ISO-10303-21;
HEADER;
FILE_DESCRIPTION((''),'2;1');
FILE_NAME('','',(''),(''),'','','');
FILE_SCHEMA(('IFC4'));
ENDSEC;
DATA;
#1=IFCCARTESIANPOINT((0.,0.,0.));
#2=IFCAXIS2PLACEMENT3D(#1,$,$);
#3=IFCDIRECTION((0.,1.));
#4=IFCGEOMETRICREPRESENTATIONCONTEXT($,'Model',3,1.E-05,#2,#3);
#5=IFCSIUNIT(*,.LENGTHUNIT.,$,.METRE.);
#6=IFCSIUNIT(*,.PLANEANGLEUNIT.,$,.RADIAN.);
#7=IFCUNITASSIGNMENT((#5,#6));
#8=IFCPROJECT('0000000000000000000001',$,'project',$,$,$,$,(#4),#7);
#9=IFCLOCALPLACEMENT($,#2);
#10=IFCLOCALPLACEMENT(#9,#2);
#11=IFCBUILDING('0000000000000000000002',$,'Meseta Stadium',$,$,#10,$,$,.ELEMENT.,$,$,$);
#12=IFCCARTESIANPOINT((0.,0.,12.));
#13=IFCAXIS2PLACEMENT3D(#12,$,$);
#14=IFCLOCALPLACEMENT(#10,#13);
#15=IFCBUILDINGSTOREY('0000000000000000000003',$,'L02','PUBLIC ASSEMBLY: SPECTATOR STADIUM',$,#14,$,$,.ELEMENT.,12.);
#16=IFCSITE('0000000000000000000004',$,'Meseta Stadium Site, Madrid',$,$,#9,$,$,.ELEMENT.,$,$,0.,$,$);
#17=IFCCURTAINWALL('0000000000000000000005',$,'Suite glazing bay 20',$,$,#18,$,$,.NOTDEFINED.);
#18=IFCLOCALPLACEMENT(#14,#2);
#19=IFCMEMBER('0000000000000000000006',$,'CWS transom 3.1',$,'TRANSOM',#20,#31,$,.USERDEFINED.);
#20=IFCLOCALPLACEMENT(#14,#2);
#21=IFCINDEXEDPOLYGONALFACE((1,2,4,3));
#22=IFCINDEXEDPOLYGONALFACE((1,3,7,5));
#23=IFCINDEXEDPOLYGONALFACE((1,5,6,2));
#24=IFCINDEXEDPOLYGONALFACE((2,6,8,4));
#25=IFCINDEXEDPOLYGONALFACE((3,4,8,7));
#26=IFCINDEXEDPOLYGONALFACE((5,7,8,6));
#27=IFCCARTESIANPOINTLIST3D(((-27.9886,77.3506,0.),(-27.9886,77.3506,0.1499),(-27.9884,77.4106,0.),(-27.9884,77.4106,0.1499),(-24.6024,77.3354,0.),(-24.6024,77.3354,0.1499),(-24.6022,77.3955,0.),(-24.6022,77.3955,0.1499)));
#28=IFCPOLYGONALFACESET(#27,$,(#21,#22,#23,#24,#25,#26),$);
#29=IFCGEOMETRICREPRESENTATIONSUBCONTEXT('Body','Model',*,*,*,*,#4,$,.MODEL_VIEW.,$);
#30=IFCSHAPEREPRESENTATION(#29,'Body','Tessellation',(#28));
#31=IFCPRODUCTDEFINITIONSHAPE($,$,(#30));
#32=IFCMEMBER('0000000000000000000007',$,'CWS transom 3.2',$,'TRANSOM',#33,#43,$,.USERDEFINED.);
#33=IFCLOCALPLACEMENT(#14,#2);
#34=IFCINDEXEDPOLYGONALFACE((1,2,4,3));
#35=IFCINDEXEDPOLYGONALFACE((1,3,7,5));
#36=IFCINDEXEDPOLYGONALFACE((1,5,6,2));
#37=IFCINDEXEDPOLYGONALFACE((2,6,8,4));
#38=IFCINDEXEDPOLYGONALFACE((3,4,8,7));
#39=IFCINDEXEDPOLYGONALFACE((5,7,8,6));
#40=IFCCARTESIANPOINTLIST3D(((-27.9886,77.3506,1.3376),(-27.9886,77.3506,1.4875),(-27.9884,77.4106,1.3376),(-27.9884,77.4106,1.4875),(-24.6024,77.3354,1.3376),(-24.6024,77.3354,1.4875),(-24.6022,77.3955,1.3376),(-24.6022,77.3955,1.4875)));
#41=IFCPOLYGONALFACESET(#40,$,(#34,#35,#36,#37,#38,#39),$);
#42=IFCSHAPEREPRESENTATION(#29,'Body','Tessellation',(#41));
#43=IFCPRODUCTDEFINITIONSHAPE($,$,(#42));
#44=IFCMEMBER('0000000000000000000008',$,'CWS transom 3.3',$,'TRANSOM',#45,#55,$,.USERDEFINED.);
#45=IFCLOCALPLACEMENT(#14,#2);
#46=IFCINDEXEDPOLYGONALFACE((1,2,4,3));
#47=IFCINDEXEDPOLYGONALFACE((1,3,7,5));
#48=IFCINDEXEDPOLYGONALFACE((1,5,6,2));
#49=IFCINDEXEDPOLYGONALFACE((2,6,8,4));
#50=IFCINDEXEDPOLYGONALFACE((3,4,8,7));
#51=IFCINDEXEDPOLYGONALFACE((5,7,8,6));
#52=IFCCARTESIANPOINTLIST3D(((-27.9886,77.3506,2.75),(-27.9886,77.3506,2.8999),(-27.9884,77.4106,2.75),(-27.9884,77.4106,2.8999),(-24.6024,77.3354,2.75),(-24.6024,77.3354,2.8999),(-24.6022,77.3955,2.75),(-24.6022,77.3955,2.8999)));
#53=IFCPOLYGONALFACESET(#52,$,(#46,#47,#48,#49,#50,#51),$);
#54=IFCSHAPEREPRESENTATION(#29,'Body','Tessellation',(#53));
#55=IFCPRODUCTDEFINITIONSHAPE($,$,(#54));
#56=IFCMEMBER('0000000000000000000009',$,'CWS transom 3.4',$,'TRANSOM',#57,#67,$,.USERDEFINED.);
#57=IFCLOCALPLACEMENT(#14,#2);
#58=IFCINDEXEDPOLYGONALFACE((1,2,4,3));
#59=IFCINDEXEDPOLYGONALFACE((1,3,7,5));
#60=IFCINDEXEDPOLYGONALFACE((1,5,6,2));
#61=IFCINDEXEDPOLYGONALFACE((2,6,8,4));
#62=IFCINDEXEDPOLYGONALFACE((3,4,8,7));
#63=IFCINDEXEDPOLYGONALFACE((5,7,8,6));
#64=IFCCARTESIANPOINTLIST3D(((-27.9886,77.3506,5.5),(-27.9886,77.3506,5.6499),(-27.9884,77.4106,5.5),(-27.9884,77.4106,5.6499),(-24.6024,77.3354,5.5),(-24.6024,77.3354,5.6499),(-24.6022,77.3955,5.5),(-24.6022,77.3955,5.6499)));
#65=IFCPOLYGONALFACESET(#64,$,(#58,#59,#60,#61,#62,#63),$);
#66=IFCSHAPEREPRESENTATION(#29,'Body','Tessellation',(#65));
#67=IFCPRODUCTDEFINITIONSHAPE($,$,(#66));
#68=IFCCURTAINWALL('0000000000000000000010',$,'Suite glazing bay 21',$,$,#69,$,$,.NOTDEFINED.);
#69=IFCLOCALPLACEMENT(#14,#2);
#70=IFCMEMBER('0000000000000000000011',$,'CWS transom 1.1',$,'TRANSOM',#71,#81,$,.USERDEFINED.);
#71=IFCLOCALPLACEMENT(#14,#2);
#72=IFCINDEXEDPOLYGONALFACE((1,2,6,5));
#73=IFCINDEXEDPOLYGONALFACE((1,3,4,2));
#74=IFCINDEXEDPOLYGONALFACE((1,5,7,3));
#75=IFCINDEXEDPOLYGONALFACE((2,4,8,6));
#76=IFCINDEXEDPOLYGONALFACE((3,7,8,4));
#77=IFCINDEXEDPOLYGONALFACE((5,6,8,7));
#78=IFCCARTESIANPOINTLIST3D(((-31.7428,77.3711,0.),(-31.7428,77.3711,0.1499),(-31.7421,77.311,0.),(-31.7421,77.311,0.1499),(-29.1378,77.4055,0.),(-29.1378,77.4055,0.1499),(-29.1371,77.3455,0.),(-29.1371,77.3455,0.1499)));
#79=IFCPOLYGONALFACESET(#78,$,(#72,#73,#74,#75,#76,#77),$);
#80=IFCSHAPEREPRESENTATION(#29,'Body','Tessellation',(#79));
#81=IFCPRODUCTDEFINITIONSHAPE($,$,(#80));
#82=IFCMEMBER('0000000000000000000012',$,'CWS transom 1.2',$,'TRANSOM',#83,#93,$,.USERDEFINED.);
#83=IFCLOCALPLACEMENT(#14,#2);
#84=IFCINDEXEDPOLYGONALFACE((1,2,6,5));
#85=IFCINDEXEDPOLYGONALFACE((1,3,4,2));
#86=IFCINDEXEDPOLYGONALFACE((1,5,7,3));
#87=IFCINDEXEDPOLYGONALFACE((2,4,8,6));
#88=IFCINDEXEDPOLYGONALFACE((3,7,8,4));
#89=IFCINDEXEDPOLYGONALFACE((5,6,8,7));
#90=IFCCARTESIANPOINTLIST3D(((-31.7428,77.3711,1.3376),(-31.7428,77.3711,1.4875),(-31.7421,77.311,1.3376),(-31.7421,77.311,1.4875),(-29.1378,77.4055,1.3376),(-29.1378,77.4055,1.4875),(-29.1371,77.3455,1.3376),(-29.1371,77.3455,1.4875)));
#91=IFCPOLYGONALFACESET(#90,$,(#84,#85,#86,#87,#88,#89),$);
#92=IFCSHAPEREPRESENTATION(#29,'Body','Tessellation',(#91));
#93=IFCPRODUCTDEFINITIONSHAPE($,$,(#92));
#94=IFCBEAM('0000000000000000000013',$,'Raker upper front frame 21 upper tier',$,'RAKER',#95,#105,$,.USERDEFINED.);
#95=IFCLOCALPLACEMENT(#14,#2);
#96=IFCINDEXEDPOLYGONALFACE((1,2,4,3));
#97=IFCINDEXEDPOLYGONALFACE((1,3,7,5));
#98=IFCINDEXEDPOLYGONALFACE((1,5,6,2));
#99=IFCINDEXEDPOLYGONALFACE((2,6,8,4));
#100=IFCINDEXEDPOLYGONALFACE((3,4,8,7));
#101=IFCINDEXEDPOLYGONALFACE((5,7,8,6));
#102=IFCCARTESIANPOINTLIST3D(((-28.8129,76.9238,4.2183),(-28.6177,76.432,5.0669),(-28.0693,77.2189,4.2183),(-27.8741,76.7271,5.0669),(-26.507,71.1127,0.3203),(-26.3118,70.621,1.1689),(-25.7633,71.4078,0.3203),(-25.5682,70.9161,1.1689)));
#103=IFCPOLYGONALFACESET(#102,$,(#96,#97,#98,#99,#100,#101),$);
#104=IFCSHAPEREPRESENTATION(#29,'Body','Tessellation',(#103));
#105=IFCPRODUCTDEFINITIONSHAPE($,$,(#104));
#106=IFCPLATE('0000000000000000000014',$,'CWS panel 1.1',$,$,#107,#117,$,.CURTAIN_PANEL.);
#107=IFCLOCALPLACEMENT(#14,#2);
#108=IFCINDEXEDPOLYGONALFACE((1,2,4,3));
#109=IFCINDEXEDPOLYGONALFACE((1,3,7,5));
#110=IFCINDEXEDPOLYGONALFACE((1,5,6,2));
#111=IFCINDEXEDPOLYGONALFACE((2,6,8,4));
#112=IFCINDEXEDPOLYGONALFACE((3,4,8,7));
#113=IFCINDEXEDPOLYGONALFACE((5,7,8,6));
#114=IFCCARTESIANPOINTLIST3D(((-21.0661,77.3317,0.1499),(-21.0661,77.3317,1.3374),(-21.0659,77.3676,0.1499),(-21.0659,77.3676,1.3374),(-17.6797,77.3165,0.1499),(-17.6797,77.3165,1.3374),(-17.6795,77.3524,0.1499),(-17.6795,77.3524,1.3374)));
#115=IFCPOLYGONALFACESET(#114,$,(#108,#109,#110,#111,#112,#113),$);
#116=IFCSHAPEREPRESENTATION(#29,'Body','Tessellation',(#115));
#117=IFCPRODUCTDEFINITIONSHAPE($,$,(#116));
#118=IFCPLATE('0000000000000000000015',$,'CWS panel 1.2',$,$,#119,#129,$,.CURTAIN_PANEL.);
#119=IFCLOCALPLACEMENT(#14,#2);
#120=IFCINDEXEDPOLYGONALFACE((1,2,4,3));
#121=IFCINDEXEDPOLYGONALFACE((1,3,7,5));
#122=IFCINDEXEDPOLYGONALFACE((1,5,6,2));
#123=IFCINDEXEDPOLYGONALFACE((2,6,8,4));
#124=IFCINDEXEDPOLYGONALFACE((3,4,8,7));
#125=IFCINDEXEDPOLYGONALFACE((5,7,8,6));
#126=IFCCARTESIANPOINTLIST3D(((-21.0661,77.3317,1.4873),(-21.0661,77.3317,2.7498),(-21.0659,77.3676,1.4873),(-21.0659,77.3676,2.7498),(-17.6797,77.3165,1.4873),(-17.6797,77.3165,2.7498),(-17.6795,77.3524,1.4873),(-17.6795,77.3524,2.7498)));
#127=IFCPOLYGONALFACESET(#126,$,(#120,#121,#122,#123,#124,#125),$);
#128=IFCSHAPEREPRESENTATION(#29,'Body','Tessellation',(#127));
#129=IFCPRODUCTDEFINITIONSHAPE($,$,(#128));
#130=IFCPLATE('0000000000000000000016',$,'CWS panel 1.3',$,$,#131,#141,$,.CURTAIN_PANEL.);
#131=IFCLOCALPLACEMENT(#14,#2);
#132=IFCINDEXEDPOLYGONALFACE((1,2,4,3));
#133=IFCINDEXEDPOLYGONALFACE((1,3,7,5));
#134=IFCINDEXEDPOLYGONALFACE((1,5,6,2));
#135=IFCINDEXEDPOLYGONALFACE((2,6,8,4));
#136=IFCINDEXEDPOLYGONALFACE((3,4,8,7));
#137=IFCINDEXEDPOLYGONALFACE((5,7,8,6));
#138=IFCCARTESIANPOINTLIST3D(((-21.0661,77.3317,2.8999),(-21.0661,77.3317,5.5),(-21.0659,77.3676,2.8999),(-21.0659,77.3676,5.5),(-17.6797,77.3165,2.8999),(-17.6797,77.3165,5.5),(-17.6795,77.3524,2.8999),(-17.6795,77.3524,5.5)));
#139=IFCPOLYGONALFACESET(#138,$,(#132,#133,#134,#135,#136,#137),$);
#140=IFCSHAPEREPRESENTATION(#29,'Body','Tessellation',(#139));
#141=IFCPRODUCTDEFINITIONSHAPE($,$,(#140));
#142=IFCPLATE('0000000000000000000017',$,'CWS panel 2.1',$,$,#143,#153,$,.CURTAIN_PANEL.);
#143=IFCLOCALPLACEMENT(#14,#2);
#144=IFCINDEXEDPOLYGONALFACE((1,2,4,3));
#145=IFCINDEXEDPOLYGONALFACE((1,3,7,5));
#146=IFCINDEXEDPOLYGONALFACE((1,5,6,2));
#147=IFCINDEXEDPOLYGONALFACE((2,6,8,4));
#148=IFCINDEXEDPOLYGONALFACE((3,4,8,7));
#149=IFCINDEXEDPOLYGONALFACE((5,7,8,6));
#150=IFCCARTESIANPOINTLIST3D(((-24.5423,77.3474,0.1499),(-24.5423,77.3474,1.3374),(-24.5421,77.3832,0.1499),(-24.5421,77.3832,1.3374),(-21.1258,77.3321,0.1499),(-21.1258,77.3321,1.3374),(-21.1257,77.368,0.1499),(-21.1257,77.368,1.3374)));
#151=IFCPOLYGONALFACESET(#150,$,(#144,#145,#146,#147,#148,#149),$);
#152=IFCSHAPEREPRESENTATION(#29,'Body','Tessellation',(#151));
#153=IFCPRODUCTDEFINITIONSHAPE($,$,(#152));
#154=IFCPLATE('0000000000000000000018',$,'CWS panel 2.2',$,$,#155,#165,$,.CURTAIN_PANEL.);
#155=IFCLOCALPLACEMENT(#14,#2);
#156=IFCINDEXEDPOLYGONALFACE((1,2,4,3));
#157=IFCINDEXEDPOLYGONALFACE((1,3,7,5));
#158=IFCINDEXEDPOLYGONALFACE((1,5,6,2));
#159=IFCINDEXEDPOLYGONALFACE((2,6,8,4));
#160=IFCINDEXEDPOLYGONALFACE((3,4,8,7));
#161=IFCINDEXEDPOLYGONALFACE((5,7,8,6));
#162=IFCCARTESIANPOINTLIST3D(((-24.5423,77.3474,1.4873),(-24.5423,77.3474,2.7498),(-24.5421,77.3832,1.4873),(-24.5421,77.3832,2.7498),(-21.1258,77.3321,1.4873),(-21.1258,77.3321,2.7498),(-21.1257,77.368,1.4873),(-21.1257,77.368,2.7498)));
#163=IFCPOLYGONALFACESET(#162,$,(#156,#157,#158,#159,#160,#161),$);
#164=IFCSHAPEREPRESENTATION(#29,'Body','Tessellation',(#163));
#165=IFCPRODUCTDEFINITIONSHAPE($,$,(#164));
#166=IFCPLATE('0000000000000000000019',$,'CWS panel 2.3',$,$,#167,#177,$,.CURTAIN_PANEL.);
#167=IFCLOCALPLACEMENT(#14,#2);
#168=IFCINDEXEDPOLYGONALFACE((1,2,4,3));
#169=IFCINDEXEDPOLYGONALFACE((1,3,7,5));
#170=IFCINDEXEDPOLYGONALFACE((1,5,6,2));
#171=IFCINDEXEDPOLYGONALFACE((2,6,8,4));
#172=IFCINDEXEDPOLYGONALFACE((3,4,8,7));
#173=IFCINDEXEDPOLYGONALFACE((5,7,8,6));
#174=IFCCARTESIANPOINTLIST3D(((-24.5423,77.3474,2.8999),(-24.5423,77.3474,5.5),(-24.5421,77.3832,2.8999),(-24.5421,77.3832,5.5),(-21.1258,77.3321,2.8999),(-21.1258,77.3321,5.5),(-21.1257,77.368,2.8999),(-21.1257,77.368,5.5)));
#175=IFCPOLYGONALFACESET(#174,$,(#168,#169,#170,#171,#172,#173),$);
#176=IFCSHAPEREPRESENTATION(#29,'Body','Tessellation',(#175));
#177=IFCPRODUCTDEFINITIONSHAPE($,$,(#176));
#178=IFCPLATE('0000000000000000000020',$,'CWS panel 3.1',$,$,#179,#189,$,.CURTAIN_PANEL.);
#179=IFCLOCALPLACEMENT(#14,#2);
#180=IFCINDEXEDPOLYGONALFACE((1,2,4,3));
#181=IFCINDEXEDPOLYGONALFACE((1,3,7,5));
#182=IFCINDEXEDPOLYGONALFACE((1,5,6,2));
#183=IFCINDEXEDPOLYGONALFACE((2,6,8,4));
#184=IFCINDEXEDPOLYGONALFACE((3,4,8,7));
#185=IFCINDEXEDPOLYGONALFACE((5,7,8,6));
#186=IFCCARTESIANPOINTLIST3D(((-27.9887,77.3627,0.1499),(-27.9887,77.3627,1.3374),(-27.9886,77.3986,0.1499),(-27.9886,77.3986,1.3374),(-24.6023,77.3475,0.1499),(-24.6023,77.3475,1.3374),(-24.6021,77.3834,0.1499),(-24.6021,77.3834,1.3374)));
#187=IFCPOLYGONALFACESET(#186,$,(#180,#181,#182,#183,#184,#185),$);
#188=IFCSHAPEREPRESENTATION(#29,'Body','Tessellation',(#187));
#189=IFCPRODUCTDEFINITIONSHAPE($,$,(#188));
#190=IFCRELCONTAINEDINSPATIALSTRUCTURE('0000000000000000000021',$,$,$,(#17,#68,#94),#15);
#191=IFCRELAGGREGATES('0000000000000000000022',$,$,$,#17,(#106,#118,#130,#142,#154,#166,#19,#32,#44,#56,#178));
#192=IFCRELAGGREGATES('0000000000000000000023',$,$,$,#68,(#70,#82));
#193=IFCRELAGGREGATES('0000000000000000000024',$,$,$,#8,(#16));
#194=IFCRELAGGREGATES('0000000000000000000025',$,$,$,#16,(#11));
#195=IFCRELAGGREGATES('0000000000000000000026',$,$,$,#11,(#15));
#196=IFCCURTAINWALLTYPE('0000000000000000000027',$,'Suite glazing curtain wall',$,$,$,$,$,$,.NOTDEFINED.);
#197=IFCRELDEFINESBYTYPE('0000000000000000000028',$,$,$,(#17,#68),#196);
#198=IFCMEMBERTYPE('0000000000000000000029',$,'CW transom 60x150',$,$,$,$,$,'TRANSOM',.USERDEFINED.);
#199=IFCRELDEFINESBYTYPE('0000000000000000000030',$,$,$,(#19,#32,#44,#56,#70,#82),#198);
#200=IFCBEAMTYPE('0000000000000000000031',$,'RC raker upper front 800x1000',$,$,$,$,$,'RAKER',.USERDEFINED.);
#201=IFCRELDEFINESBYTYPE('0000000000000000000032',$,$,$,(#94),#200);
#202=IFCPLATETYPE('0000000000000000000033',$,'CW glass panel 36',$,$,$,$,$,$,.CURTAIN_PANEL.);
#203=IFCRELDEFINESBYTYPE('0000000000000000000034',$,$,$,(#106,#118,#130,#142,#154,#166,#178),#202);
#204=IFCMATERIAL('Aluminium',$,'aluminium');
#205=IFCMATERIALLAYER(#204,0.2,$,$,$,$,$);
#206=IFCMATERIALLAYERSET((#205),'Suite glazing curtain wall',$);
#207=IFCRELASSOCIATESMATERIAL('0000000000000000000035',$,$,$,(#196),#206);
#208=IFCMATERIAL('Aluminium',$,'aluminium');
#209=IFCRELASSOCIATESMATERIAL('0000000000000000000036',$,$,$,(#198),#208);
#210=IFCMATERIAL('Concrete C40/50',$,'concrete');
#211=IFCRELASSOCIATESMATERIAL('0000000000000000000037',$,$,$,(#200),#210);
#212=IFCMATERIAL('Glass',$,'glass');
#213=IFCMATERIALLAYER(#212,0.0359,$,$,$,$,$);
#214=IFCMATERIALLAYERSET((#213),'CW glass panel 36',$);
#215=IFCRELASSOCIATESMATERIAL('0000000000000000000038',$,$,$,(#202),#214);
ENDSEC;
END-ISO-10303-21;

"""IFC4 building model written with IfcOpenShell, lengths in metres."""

from ifc_helpers import new_model, si_unit, direction, frame, origin, origin_2d, place, context, subcontext, project, spatial, rectangle, extrude, material, layer, layer_set, material_profile, profile_set, type_object, element, aggregate, save


model = new_model("IFC4")

# Units and contexts
model_context = context("Model", 3, precision=1e-05, world=origin(), true_north=direction((0.0, 1.0)))
body_context = subcontext(model_context, "Body", "Model", "MODEL_VIEW")
ifc_project = project(units=[si_unit("LENGTHUNIT", "METRE"), si_unit("PLANEANGLEUNIT", "RADIAN")], contexts=[model_context])

# Site, building, storey
site_placement = place(None, origin())
site = spatial("IfcSite", under=ifc_project, at=site_placement, Name="Meseta Stadium Site, Madrid", CompositionType="ELEMENT", RefElevation=0.0)
building_placement = place(site_placement, origin())
building = spatial("IfcBuilding", under=site, at=building_placement, Name="Meseta Stadium", CompositionType="ELEMENT")
storey_placement = place(building_placement, frame((0.0, 0.0, 12.0)))
storey = spatial("IfcBuildingStorey", under=building, at=storey_placement, Name="L02", Description="PUBLIC ASSEMBLY: SPECTATOR STADIUM", CompositionType="ELEMENT", Elevation=12.0)

# Curtain walls, members
ifc_material_1 = material(Name="Aluminium", Category="aluminium")
ifc_layer_1 = layer(ifc_material_1, 0.2)
ifc_layer_set_1 = layer_set([ifc_layer_1], Name="Suite glazing curtain wall")
curtain_wall_type = type_object("IfcCurtainWallType", Name="Suite glazing curtain wall", PredefinedType="NOTDEFINED", material=ifc_layer_set_1)
curtain_wall_1_placement = place(storey_placement, origin())
curtain_wall_1 = element("IfcCurtainWall", 1, at=curtain_wall_1_placement, inside=storey, type_object=curtain_wall_type, Name="Suite glazing bay 20", PredefinedType="NOTDEFINED")
ifc_material_2 = material(Name="Aluminium", Category="aluminium")
ifc_material_profile_1 = material_profile(ifc_material_2, rectangle(XDim=0.0601, YDim=0.1499, at=origin_2d()), Name="CW 60x150")
ifc_profile_set_1 = profile_set([ifc_material_profile_1], Name="Aluminium")
member_type_1 = type_object("IfcMemberType", Name="CW transom 60x150", ElementType="TRANSOM", PredefinedType="USERDEFINED", material=ifc_profile_set_1)
member_1_placement = place(storey_placement, frame((-24.6023, 77.3655, 0.075), z_axis=(-0.99999, 0.00447, 0.0), x_axis=(-0.00447, -0.99999, 0.0)))
member_1 = element("IfcMember", 2, at=member_1_placement, type_object=member_type_1, Name="CWS transom 3.1", ObjectType="TRANSOM", PredefinedType="USERDEFINED", context=body_context, shape_type="SweptSolid", body=[
    extrude(rectangle(XDim=0.0601, YDim=0.1499, at=origin_2d()), origin(), (0.0, 0.0, 1.0), 3.3862),
])
member_2_placement = place(storey_placement, frame((-24.6023, 77.3655, 1.4126), z_axis=(-0.99999, 0.00447, 0.0), x_axis=(-0.00447, -0.99999, 0.0)))
member_2 = element("IfcMember", 3, at=member_2_placement, type_object=member_type_1, Name="CWS transom 3.2", ObjectType="TRANSOM", PredefinedType="USERDEFINED", context=body_context, shape_type="SweptSolid", body=[
    extrude(rectangle(XDim=0.0601, YDim=0.1499, at=origin_2d()), origin(), (0.0, 0.0, 1.0), 3.3862),
])
member_3_placement = place(storey_placement, frame((-24.6023, 77.3655, 2.825), z_axis=(-0.99999, 0.00447, 0.0), x_axis=(-0.00447, -0.99999, 0.0)))
member_3 = element("IfcMember", 4, at=member_3_placement, type_object=member_type_1, Name="CWS transom 3.3", ObjectType="TRANSOM", PredefinedType="USERDEFINED", context=body_context, shape_type="SweptSolid", body=[
    extrude(rectangle(XDim=0.0601, YDim=0.1499, at=origin_2d()), origin(), (0.0, 0.0, 1.0), 3.3862),
])
member_4_placement = place(storey_placement, frame((-24.6023, 77.3655, 5.575), z_axis=(-0.99999, 0.00447, 0.0), x_axis=(-0.00447, -0.99999, 0.0)))
member_4 = element("IfcMember", 5, at=member_4_placement, type_object=member_type_1, Name="CWS transom 3.4", ObjectType="TRANSOM", PredefinedType="USERDEFINED", context=body_context, shape_type="SweptSolid", body=[
    extrude(rectangle(XDim=0.0601, YDim=0.1499, at=origin_2d()), origin(), (0.0, 0.0, 1.0), 3.3862),
])
curtain_wall_2_placement = place(storey_placement, origin())
curtain_wall_2 = element("IfcCurtainWall", 6, at=curtain_wall_2_placement, inside=storey, type_object=curtain_wall_type, Name="Suite glazing bay 21", PredefinedType="NOTDEFINED")
member_5_placement = place(storey_placement, frame((-29.1375, 77.3755, 0.075), z_axis=(-0.999913, -0.013213, 0.0), x_axis=(0.013213, -0.999913, 0.0)))
member_5 = element("IfcMember", 7, at=member_5_placement, type_object=member_type_1, Name="CWS transom 1.1", ObjectType="TRANSOM", PredefinedType="USERDEFINED", context=body_context, shape_type="SweptSolid", body=[
    extrude(rectangle(XDim=0.0601, YDim=0.1499, at=origin_2d()), origin(), (0.0, 0.0, 1.0), 2.6052),
])
member_6_placement = place(storey_placement, frame((-29.1375, 77.3755, 1.4126), z_axis=(-0.999913, -0.013213, 0.0), x_axis=(0.013213, -0.999913, 0.0)))
member_6 = element("IfcMember", 8, at=member_6_placement, type_object=member_type_1, Name="CWS transom 1.2", ObjectType="TRANSOM", PredefinedType="USERDEFINED", context=body_context, shape_type="SweptSolid", body=[
    extrude(rectangle(XDim=0.0601, YDim=0.1499, at=origin_2d()), origin(), (0.0, 0.0, 1.0), 2.6052),
])

# Beam
ifc_material_3 = material(Name="Concrete C40/50", Category="concrete")
ifc_material_profile_2 = material_profile(ifc_material_3, rectangle(XDim=0.8, YDim=1.0, at=origin_2d()), Name="RC 800x1000")
ifc_profile_set_2 = profile_set([ifc_material_profile_2], Name="Concrete C40/50")
beam_type = type_object("IfcBeamType", Name="RC raker upper front 800x1000", ElementType="RAKER", PredefinedType="USERDEFINED", material=ifc_profile_set_2)
beam_placement = place(storey_placement, frame((-26.0376, 71.0144, 0.7446), z_axis=(-0.312986, 0.788744, 0.529077), x_axis=(-0.929494, -0.368837, 0.0)))
element("IfcBeam", 9, at=beam_placement, inside=storey, type_object=beam_type, Name="Raker upper front frame 21 upper tier", ObjectType="RAKER", PredefinedType="USERDEFINED", context=body_context, shape_type="SweptSolid", body=[
    extrude(rectangle(XDim=0.8, YDim=1.0, at=origin_2d()), origin(), (0.0, 0.0, 1.0), 7.3674),
])

# Plates
ifc_material_4 = material(Name="Glass", Category="glass")
ifc_layer_2 = layer(ifc_material_4, 0.0359)
ifc_layer_set_2 = layer_set([ifc_layer_2], Name="CW glass panel 36")
plate_type = type_object("IfcPlateType", Name="CW glass panel 36", PredefinedType="CURTAIN_PANEL", material=ifc_layer_set_2)
plate_1_placement = place(storey_placement, frame((-19.3728, 77.342, 0.1499), z_axis=(0.0, 0.0, 1.0), x_axis=(-0.99999, 0.004469, 0.0)))
plate_1 = element("IfcPlate", 10, at=plate_1_placement, type_object=plate_type, Name="CWS panel 1.1", PredefinedType="CURTAIN_PANEL", context=body_context, shape_type="SweptSolid", body=[
    extrude(rectangle(XDim=3.3865, YDim=0.0359, at=origin_2d()), origin(), (0.0, 0.0, 1.0), 1.1875),
])
plate_2_placement = place(storey_placement, frame((-19.3728, 77.342, 1.4873), z_axis=(0.0, 0.0, 1.0), x_axis=(-0.99999, 0.004469, 0.0)))
plate_2 = element("IfcPlate", 11, at=plate_2_placement, type_object=plate_type, Name="CWS panel 1.2", PredefinedType="CURTAIN_PANEL", context=body_context, shape_type="SweptSolid", body=[
    extrude(rectangle(XDim=3.3865, YDim=0.0359, at=origin_2d()), origin(), (0.0, 0.0, 1.0), 1.2625),
])
plate_3_placement = place(storey_placement, frame((-19.3728, 77.342, 2.8999), z_axis=(0.0, 0.0, 1.0), x_axis=(-0.99999, 0.004469, 0.0)))
plate_3 = element("IfcPlate", 12, at=plate_3_placement, type_object=plate_type, Name="CWS panel 1.3", PredefinedType="CURTAIN_PANEL", context=body_context, shape_type="SweptSolid", body=[
    extrude(rectangle(XDim=3.3865, YDim=0.0359, at=origin_2d()), origin(), (0.0, 0.0, 1.0), 2.6001),
])
plate_4_placement = place(storey_placement, frame((-22.834, 77.3577, 0.1499), z_axis=(0.0, 0.0, 1.0), x_axis=(-0.99999, 0.004469, 0.0)))
plate_4 = element("IfcPlate", 13, at=plate_4_placement, type_object=plate_type, Name="CWS panel 2.1", PredefinedType="CURTAIN_PANEL", context=body_context, shape_type="SweptSolid", body=[
    extrude(rectangle(XDim=3.4165, YDim=0.0359, at=origin_2d()), origin(), (0.0, 0.0, 1.0), 1.1875),
])
plate_5_placement = place(storey_placement, frame((-22.834, 77.3577, 1.4873), z_axis=(0.0, 0.0, 1.0), x_axis=(-0.99999, 0.004469, 0.0)))
plate_5 = element("IfcPlate", 14, at=plate_5_placement, type_object=plate_type, Name="CWS panel 2.2", PredefinedType="CURTAIN_PANEL", context=body_context, shape_type="SweptSolid", body=[
    extrude(rectangle(XDim=3.4165, YDim=0.0359, at=origin_2d()), origin(), (0.0, 0.0, 1.0), 1.2625),
])
plate_6_placement = place(storey_placement, frame((-22.834, 77.3577, 2.8999), z_axis=(0.0, 0.0, 1.0), x_axis=(-0.99999, 0.004469, 0.0)))
plate_6 = element("IfcPlate", 15, at=plate_6_placement, type_object=plate_type, Name="CWS panel 2.3", PredefinedType="CURTAIN_PANEL", context=body_context, shape_type="SweptSolid", body=[
    extrude(rectangle(XDim=3.4165, YDim=0.0359, at=origin_2d()), origin(), (0.0, 0.0, 1.0), 2.6001),
])
plate_7_placement = place(storey_placement, frame((-26.2954, 77.373, 0.1499), z_axis=(0.0, 0.0, 1.0), x_axis=(-0.99999, 0.004469, 0.0)))
plate_7 = element("IfcPlate", 16, at=plate_7_placement, type_object=plate_type, Name="CWS panel 3.1", PredefinedType="CURTAIN_PANEL", context=body_context, shape_type="SweptSolid", body=[
    extrude(rectangle(XDim=3.3865, YDim=0.0359, at=origin_2d()), origin(), (0.0, 0.0, 1.0), 1.1875),
])
aggregate(curtain_wall_1, [plate_1, plate_2, plate_3, plate_4, plate_5, plate_6, member_1, member_2, member_3, member_4, plate_7])
aggregate(curtain_wall_2, [member_5, member_6])

save(model, "model.ifc")
